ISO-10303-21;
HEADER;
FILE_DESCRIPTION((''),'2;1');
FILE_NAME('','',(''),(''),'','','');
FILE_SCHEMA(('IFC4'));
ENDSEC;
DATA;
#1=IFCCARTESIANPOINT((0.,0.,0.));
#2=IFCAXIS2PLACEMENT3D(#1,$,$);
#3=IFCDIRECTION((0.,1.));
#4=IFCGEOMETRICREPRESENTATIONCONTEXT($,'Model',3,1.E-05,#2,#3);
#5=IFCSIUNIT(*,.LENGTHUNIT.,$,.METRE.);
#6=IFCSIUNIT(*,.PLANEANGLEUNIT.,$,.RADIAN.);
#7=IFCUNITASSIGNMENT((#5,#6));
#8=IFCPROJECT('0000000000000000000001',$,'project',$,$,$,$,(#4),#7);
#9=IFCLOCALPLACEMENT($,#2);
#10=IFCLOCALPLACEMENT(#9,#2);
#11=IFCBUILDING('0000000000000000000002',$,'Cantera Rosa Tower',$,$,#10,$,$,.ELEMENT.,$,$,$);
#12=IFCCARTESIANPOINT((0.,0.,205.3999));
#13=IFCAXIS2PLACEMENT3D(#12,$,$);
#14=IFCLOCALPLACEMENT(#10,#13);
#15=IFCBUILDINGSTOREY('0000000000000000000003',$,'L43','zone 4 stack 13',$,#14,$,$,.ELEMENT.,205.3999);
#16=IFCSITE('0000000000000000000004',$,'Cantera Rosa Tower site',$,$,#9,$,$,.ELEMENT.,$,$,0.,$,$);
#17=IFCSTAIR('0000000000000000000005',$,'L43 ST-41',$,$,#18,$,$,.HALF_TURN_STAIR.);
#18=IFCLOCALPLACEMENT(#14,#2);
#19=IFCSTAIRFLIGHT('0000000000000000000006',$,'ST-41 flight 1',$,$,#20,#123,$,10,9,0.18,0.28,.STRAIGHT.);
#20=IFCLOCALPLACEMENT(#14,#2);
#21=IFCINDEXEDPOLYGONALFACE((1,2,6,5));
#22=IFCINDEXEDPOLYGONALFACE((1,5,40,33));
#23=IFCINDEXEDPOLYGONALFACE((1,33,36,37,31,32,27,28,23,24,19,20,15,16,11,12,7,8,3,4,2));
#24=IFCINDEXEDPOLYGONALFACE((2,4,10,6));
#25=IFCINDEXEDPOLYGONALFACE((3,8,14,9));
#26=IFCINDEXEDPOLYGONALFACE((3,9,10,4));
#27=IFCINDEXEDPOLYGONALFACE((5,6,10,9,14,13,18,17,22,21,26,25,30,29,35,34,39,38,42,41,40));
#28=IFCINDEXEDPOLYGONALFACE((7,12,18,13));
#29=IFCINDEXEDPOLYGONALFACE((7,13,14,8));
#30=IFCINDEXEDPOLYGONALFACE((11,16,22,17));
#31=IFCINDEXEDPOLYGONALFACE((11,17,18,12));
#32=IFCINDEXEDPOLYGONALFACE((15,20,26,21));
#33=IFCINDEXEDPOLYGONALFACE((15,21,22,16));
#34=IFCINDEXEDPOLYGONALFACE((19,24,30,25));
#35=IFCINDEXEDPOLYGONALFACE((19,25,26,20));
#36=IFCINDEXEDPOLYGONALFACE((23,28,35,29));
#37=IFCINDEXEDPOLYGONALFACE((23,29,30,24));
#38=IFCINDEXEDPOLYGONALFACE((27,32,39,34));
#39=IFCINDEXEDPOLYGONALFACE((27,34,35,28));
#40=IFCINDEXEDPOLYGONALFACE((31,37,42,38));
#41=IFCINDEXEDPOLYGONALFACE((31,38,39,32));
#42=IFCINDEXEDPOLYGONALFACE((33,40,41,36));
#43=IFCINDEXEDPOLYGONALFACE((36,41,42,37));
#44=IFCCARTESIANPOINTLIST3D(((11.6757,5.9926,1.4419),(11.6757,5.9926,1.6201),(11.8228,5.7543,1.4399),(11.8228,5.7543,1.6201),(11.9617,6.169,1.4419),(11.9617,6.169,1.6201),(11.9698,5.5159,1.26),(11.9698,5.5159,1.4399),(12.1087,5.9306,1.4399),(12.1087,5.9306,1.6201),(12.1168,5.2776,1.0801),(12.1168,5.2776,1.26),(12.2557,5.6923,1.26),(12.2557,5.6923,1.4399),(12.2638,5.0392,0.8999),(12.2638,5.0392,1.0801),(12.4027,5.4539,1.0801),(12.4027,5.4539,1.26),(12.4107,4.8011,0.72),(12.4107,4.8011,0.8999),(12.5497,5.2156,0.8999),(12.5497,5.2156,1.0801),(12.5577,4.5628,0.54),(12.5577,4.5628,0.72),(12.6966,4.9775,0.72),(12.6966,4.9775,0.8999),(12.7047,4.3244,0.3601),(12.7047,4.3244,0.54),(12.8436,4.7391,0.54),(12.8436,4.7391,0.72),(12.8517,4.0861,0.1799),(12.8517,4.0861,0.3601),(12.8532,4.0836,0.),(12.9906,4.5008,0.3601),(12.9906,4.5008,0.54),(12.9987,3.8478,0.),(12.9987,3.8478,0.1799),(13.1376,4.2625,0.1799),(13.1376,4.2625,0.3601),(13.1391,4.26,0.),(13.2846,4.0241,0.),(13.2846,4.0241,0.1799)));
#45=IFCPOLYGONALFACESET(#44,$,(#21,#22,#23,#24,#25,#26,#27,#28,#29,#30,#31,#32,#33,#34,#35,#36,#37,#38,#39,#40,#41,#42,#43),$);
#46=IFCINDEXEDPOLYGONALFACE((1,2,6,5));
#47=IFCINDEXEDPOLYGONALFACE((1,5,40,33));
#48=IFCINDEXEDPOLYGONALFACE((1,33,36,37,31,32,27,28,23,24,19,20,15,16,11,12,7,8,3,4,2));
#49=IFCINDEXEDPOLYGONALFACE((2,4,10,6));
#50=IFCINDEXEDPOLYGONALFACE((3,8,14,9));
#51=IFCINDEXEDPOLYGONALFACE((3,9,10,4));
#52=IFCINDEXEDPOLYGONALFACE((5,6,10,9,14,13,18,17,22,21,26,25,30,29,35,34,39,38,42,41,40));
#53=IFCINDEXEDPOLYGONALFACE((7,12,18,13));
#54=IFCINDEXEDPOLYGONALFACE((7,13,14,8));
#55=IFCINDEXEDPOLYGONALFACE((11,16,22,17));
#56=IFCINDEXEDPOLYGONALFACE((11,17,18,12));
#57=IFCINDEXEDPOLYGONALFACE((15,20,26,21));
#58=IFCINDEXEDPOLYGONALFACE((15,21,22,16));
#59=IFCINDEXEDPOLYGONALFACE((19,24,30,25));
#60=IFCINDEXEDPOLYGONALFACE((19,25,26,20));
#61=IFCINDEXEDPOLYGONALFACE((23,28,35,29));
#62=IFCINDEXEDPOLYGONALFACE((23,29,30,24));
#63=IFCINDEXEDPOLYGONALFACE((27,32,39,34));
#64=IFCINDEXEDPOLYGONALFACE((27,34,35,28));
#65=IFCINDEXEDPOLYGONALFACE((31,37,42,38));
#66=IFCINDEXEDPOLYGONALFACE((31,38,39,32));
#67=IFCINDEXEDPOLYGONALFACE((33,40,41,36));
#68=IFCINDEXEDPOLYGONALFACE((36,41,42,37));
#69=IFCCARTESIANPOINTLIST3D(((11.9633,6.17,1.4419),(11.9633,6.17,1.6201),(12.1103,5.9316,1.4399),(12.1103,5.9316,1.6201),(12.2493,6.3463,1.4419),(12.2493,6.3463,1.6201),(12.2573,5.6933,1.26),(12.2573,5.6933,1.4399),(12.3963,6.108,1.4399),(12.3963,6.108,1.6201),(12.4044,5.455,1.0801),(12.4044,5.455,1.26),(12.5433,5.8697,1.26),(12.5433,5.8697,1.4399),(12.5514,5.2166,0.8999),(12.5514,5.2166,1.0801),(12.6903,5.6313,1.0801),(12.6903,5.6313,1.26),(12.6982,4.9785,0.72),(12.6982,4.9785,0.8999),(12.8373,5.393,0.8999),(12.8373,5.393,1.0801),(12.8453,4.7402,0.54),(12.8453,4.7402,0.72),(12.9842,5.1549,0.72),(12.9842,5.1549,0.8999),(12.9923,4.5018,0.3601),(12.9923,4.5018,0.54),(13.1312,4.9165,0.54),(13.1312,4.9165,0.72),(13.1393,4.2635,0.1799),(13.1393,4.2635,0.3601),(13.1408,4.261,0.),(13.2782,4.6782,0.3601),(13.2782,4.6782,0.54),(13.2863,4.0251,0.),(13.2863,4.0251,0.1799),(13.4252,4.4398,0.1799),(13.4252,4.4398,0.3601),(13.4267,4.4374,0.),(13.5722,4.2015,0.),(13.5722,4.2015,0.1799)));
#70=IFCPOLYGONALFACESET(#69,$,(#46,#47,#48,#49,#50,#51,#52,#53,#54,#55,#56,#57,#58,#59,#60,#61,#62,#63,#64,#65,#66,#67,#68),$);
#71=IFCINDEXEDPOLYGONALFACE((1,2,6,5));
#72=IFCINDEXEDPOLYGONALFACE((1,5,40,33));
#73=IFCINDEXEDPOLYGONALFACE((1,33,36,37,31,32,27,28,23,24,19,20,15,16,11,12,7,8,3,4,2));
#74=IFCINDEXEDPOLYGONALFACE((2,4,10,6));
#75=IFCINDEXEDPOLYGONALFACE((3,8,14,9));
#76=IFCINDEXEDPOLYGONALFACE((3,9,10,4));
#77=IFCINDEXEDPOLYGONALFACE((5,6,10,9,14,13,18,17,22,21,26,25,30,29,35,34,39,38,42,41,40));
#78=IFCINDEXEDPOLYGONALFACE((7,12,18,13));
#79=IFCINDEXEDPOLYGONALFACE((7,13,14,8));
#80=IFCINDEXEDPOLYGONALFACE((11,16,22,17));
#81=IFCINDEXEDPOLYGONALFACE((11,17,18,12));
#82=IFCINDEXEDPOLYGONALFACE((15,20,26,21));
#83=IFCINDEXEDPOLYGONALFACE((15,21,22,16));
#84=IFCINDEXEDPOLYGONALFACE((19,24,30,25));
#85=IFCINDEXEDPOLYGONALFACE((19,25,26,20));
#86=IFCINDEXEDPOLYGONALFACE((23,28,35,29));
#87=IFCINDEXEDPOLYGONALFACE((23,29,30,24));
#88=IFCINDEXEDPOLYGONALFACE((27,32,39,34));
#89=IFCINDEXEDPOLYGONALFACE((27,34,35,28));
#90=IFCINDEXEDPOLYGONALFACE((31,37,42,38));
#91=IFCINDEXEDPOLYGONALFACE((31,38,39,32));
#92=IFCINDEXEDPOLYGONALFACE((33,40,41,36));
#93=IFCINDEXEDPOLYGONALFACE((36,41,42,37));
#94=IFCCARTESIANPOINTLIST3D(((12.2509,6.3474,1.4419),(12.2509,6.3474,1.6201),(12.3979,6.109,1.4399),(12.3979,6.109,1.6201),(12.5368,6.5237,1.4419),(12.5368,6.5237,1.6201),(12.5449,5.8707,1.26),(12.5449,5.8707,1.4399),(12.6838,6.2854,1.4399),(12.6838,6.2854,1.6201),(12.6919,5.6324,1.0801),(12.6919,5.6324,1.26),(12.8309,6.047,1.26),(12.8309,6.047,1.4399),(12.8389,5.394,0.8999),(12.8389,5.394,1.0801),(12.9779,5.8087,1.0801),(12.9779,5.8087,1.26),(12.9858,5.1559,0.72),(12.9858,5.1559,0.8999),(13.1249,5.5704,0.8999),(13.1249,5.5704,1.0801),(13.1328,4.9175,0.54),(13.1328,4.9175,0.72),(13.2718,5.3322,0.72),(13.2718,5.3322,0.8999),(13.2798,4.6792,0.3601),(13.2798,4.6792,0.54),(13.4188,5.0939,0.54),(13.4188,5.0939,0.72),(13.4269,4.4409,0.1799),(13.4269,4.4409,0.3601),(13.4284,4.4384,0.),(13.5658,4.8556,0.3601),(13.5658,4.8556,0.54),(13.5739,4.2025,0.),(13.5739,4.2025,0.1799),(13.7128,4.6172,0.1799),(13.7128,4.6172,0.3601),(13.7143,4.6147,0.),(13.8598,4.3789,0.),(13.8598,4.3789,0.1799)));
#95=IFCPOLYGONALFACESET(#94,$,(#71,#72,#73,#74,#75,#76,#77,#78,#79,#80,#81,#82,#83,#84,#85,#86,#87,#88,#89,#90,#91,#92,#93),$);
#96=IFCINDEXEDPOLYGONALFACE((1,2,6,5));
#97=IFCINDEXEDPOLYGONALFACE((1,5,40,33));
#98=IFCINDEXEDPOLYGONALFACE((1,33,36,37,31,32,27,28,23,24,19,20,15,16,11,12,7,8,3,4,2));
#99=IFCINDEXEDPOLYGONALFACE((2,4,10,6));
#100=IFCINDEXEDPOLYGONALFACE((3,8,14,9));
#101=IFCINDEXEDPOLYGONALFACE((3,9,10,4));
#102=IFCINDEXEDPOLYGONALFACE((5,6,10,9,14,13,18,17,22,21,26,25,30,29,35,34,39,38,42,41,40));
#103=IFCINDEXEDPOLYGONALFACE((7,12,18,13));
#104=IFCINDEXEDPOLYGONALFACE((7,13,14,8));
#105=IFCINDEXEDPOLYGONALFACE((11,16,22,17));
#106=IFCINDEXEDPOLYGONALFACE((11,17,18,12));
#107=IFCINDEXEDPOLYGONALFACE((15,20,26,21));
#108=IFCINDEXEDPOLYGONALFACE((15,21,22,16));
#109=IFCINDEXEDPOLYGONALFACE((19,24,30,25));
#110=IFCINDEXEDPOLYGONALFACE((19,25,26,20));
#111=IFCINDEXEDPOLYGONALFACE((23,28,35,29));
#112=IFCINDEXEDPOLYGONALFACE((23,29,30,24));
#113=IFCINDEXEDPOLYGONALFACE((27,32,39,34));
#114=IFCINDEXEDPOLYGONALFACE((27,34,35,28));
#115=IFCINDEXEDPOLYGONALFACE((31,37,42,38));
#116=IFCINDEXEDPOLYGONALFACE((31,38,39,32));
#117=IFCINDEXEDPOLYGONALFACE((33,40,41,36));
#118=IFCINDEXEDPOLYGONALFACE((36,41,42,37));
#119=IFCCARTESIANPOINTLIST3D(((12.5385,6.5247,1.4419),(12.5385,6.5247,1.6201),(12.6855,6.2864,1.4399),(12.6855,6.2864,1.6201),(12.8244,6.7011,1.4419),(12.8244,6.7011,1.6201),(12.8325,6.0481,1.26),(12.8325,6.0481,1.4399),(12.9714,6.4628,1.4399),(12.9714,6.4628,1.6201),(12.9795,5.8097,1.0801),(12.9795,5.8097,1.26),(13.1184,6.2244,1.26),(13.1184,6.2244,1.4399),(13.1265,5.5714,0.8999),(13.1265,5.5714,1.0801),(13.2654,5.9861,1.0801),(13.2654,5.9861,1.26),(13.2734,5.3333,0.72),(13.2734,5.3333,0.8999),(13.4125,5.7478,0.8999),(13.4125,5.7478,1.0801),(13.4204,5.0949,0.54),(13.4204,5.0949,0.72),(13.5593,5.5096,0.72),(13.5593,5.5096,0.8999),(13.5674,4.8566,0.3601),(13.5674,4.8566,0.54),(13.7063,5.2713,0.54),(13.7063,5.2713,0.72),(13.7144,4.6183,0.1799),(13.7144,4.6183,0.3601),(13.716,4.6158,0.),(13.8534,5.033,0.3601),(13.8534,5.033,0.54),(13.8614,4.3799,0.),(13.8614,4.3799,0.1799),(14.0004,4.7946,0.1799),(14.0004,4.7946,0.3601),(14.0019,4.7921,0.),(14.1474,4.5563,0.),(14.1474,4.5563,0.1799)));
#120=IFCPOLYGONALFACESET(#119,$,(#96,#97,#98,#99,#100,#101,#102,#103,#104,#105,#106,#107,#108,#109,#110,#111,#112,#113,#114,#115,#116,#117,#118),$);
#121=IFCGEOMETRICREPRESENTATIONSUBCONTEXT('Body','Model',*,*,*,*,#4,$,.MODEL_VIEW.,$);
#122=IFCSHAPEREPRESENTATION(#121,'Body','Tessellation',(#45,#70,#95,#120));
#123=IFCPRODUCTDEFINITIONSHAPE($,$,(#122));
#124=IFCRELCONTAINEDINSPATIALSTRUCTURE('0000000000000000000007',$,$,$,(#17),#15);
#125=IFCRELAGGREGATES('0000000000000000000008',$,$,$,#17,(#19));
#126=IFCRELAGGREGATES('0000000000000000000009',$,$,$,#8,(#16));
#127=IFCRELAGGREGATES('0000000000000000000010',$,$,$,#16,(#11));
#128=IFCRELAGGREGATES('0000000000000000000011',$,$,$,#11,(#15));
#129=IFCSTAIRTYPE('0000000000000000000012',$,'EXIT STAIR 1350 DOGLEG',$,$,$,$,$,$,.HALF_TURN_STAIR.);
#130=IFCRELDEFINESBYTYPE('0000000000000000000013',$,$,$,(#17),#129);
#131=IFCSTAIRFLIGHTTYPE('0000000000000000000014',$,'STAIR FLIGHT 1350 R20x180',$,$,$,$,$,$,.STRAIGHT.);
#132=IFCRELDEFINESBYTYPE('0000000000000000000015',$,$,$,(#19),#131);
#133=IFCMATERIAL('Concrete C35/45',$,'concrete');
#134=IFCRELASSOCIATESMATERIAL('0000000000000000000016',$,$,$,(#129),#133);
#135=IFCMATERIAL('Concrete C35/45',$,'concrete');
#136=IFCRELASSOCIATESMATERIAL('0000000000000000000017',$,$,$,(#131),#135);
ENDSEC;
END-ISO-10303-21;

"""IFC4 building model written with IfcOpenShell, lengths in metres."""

from ifc_helpers import new_model, si_unit, direction, frame, origin, place, context, subcontext, project, spatial, polyline, outline, extrude, material, type_object, element, aggregate, save


model = new_model("IFC4")

# Units and contexts
model_context = context("Model", 3, precision=1e-05, world=origin(), true_north=direction((0.0, 1.0)))
body_context = subcontext(model_context, "Body", "Model", "MODEL_VIEW")
ifc_project = project(units=[si_unit("LENGTHUNIT", "METRE"), si_unit("PLANEANGLEUNIT", "RADIAN")], contexts=[model_context])

# Site, building, storey
site_placement = place(None, origin())
site = spatial("IfcSite", under=ifc_project, at=site_placement, Name="Cantera Rosa Tower site", CompositionType="ELEMENT", RefElevation=0.0)
building_placement = place(site_placement, origin())
building = spatial("IfcBuilding", under=site, at=building_placement, Name="Cantera Rosa Tower", CompositionType="ELEMENT")
storey_placement = place(building_placement, frame((0.0, 0.0, 205.3999)))
storey = spatial("IfcBuildingStorey", under=building, at=storey_placement, Name="L43", Description="zone 4 stack 13", CompositionType="ELEMENT", Elevation=205.3999)

# Stair, stair flight
ifc_material_1 = material(Name="Concrete C35/45", Category="concrete")
stair_type = type_object("IfcStairType", Name="EXIT STAIR 1350 DOGLEG", PredefinedType="HALF_TURN_STAIR", material=ifc_material_1)
stair_placement = place(storey_placement, origin())
stair = element("IfcStair", 1, at=stair_placement, inside=storey, type_object=stair_type, Name="L43 ST-41", PredefinedType="HALF_TURN_STAIR")
ifc_material_2 = material(Name="Concrete C35/45", Category="concrete")
stair_flight_type = type_object("IfcStairFlightType", Name="STAIR FLIGHT 1350 R20x180", PredefinedType="STRAIGHT", material=ifc_material_2)
stair_flight_1_placement = place(storey_placement, frame((13.5732, 4.2021, 0.0), z_axis=(0.0, 0.0, 1.0), x_axis=(-0.524977, 0.851117, 0.0)))
stair_flight_1 = element("IfcStairFlight", 2, at=stair_flight_1_placement, type_object=stair_flight_type, Name="ST-41 flight 1", NumberOfRisers=10, NumberOfTreads=9, PredefinedType="STRAIGHT", RiserHeight=0.18, TreadLength=0.28, context=body_context, shape_type="SweptSolid", body=[
    extrude(outline(polyline([(0.0, 0.0), (0.0, 0.1799), (0.28, 0.1799), (0.28, 0.3601), (0.5601, 0.3601), (0.5601, 0.54), (0.8401, 0.54), (0.8401, 0.72), (1.1201, 0.72), (1.1201, 0.8999), (1.3999, 0.8999), (1.3999, 1.0801), (1.6799, 1.0801), (1.6799, 1.26), (1.96, 1.26), (1.96, 1.4399), (2.24, 1.4399), (2.24, 1.6201), (2.52, 1.6201), (2.52, 1.8), (2.52, 1.4419), (0.2771, 0.0), (0.0, 0.0)])), frame((0.0, 0.675, 0.0), z_axis=(0.0, -1.0, 0.0), x_axis=(1.0, 0.0, 0.0)), (0.0, 0.0, 1.0), 0.3359),
    extrude(outline(polyline([(0.0, 0.0), (0.0, 0.1799), (0.28, 0.1799), (0.28, 0.3601), (0.5601, 0.3601), (0.5601, 0.54), (0.8401, 0.54), (0.8401, 0.72), (1.1201, 0.72), (1.1201, 0.8999), (1.3999, 0.8999), (1.3999, 1.0801), (1.6799, 1.0801), (1.6799, 1.26), (1.96, 1.26), (1.96, 1.4399), (2.24, 1.4399), (2.24, 1.6201), (2.52, 1.6201), (2.52, 1.8), (2.52, 1.4419), (0.2771, 0.0), (0.0, 0.0)])), frame((0.0, 0.3372, 0.0), z_axis=(0.0, -1.0, 0.0), x_axis=(1.0, 0.0, 0.0)), (0.0, 0.0, 1.0), 0.3359),
    extrude(outline(polyline([(0.0, 0.0), (0.0, 0.1799), (0.28, 0.1799), (0.28, 0.3601), (0.5601, 0.3601), (0.5601, 0.54), (0.8401, 0.54), (0.8401, 0.72), (1.1201, 0.72), (1.1201, 0.8999), (1.3999, 0.8999), (1.3999, 1.0801), (1.6799, 1.0801), (1.6799, 1.26), (1.96, 1.26), (1.96, 1.4399), (2.24, 1.4399), (2.24, 1.6201), (2.52, 1.6201), (2.52, 1.8), (2.52, 1.4419), (0.2771, 0.0), (0.0, 0.0)])), frame((0.0, -0.0007, 0.0), z_axis=(0.0, -1.0, 0.0), x_axis=(1.0, 0.0, 0.0)), (0.0, 0.0, 1.0), 0.3359),
    extrude(outline(polyline([(0.0, 0.0), (0.0, 0.1799), (0.28, 0.1799), (0.28, 0.3601), (0.5601, 0.3601), (0.5601, 0.54), (0.8401, 0.54), (0.8401, 0.72), (1.1201, 0.72), (1.1201, 0.8999), (1.3999, 0.8999), (1.3999, 1.0801), (1.6799, 1.0801), (1.6799, 1.26), (1.96, 1.26), (1.96, 1.4399), (2.24, 1.4399), (2.24, 1.6201), (2.52, 1.6201), (2.52, 1.8), (2.52, 1.4419), (0.2771, 0.0), (0.0, 0.0)])), frame((0.0, -0.3386, 0.0), z_axis=(0.0, -1.0, 0.0), x_axis=(1.0, 0.0, 0.0)), (0.0, 0.0, 1.0), 0.3359),
])
aggregate(stair, [stair_flight_1])

save(model, "model.ifc")
